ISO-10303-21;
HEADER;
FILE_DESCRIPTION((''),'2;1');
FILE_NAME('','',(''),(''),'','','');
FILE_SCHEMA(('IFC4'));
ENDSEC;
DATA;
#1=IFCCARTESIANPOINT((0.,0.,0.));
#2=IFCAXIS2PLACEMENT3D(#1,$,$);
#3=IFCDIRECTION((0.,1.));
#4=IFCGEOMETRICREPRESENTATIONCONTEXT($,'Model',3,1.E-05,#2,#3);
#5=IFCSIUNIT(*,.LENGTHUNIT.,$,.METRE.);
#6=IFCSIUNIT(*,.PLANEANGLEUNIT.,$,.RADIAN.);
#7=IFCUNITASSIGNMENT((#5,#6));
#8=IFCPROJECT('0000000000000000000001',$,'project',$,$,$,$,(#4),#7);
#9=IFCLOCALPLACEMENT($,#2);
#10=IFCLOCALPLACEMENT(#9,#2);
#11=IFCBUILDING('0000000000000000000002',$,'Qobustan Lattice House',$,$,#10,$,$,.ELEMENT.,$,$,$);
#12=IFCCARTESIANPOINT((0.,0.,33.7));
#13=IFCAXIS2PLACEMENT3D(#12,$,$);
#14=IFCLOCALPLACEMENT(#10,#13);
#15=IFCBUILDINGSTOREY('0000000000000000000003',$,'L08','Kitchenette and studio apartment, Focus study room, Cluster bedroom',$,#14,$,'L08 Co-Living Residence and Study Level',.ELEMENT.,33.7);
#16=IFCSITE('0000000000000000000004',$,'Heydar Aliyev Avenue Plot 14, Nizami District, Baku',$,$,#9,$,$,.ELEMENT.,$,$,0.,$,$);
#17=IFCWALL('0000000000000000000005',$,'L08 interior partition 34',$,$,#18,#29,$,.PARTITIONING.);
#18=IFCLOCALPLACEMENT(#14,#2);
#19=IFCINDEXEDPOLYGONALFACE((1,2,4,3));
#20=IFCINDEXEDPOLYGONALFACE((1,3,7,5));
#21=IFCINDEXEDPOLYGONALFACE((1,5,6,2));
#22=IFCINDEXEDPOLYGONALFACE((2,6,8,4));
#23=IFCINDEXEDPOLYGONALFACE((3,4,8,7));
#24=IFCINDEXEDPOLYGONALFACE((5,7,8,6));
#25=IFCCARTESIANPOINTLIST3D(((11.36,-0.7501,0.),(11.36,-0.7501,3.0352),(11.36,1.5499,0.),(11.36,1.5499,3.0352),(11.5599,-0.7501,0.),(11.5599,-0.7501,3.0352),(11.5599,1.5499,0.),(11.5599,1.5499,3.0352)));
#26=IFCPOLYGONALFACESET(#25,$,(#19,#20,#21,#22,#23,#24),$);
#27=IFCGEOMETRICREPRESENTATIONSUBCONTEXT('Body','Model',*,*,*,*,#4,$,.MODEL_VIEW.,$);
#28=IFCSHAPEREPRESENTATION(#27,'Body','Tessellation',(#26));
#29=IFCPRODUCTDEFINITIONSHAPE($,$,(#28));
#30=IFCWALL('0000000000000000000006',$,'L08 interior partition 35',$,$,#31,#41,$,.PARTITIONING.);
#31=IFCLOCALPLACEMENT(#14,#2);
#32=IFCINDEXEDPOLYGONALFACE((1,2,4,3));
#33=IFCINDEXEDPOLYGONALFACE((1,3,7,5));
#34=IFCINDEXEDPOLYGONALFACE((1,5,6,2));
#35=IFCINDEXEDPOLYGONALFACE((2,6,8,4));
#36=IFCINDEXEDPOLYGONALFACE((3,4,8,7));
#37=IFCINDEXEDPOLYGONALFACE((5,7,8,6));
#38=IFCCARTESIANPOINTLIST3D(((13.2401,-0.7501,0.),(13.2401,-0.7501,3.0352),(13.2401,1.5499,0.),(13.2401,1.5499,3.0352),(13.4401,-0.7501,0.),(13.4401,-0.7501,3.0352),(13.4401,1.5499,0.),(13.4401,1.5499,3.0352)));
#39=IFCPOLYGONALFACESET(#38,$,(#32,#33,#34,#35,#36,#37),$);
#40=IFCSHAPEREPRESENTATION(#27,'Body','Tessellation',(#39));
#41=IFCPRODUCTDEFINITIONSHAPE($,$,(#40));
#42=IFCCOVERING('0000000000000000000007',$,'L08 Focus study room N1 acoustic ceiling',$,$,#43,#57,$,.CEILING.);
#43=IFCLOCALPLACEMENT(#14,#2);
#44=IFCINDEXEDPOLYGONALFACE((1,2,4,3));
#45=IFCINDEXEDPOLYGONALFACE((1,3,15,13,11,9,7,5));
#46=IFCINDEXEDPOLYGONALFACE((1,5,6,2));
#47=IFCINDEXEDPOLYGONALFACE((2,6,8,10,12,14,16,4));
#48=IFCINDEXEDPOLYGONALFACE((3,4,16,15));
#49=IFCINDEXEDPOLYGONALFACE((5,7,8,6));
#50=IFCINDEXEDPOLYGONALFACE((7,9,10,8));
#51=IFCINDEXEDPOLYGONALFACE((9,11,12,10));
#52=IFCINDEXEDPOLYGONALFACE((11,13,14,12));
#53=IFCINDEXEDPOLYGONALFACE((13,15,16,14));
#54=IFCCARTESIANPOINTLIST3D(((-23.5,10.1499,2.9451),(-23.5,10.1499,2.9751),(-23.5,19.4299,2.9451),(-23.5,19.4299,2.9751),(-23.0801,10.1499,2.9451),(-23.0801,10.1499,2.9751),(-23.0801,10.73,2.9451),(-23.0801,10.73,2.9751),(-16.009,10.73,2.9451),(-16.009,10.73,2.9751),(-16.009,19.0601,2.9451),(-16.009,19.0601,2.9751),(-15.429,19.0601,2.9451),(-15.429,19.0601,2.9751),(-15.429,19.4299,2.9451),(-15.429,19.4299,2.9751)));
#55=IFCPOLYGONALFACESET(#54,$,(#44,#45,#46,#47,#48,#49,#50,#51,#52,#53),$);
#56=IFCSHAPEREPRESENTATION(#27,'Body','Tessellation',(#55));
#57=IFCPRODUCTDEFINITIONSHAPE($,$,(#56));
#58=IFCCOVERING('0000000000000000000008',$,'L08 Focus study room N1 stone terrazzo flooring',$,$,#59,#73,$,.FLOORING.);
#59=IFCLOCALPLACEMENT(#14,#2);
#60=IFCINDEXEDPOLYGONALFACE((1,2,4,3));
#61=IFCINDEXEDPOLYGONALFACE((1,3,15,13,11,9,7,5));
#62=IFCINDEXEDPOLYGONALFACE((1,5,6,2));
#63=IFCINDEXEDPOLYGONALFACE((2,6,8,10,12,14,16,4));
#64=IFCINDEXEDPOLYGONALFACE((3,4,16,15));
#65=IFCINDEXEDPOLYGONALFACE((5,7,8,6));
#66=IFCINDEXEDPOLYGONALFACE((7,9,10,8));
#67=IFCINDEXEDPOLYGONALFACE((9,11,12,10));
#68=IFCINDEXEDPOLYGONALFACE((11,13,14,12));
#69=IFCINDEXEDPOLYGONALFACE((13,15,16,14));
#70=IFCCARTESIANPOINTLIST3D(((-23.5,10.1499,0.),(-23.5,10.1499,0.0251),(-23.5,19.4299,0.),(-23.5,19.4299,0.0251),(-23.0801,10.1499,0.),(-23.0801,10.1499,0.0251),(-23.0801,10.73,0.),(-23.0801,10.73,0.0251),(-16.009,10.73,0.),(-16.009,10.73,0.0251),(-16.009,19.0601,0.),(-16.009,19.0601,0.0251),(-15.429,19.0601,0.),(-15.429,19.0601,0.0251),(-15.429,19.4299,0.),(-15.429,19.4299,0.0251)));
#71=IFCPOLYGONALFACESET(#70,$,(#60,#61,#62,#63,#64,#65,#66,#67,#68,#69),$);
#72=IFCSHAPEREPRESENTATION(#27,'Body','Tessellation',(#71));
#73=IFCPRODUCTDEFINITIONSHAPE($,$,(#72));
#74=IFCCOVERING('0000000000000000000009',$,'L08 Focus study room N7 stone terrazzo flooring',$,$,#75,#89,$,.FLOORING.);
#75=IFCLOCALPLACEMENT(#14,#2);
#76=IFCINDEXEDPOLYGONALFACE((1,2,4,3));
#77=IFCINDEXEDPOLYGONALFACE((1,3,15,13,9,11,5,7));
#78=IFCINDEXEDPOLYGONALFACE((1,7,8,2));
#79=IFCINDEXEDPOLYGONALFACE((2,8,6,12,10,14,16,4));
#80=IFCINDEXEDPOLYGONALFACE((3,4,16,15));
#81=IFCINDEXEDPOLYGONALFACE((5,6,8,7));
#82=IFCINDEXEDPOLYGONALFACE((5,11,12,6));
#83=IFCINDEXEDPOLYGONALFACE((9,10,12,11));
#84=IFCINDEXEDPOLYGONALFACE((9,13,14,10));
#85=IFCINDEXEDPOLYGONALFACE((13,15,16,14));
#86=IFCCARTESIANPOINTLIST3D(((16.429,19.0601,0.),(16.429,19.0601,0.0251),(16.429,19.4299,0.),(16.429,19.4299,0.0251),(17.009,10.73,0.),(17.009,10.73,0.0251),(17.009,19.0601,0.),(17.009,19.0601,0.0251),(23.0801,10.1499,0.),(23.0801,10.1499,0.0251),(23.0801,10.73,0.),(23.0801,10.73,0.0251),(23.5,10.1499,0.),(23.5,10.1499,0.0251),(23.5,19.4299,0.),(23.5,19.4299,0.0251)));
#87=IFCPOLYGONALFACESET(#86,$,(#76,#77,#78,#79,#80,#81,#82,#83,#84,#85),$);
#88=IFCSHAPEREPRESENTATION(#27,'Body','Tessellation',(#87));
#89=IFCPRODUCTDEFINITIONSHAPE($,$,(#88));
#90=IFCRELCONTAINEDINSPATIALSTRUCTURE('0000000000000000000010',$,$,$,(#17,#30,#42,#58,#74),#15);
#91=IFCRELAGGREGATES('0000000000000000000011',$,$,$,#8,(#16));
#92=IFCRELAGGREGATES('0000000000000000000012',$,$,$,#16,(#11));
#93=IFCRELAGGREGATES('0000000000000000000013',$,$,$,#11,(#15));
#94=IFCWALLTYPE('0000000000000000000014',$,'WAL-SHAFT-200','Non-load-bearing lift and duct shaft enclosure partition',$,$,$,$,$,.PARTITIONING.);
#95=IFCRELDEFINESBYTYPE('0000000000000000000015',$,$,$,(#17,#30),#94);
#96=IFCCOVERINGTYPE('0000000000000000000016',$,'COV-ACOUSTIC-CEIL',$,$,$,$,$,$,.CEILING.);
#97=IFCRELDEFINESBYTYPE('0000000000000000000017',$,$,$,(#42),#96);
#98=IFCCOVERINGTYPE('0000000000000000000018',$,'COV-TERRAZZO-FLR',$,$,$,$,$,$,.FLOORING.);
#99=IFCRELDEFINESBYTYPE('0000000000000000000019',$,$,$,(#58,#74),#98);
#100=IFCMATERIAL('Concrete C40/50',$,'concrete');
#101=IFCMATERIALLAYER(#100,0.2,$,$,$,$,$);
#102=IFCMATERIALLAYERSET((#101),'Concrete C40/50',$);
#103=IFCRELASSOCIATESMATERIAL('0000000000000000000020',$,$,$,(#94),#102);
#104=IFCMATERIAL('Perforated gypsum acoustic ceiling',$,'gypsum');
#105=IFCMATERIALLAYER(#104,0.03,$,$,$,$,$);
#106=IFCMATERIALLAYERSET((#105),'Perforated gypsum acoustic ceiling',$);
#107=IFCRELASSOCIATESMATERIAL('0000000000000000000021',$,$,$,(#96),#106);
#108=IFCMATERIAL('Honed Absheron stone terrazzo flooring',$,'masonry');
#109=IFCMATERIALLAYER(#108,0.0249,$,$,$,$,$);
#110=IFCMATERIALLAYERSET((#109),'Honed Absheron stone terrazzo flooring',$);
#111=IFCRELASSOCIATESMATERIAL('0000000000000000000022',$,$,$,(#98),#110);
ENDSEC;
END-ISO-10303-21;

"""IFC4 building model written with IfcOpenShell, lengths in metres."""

from ifc_helpers import new_model, si_unit, direction, frame, frame_2d, origin, place, context, subcontext, project, spatial, polyline, rectangle, outline, extrude, material, layer, layer_set, type_object, element, save


model = new_model("IFC4")

# Units and contexts
model_context = context("Model", 3, precision=1e-05, world=origin(), true_north=direction((0.0, 1.0)))
body_context = subcontext(model_context, "Body", "Model", "MODEL_VIEW")
ifc_project = project(units=[si_unit("LENGTHUNIT", "METRE"), si_unit("PLANEANGLEUNIT", "RADIAN")], contexts=[model_context])

# Site, building, storey
site_placement = place(None, origin())
site = spatial("IfcSite", under=ifc_project, at=site_placement, Name="Heydar Aliyev Avenue Plot 14, Nizami District, Baku", CompositionType="ELEMENT", RefElevation=0.0)
building_placement = place(site_placement, origin())
building = spatial("IfcBuilding", under=site, at=building_placement, Name="Qobustan Lattice House", CompositionType="ELEMENT")
storey_placement = place(building_placement, frame((0.0, 0.0, 33.7)))
storey = spatial("IfcBuildingStorey", under=building, at=storey_placement, Name="L08", Description="Kitchenette and studio apartment, Focus study room, Cluster bedroom", LongName="L08 Co-Living Residence and Study Level", CompositionType="ELEMENT", Elevation=33.7)

# Walls
ifc_material_1 = material(Name="Concrete C40/50", Category="concrete")
ifc_layer_1 = layer(ifc_material_1, 0.2)
ifc_layer_set_1 = layer_set([ifc_layer_1], Name="Concrete C40/50")
wall_type_1 = type_object("IfcWallType", Name="WAL-SHAFT-200", Description="Non-load-bearing lift and duct shaft enclosure partition", PredefinedType="PARTITIONING", material=ifc_layer_set_1)
for number, where, z_axis, x_axis, name in (
    (1, (11.46, -0.75, 0.0), (0.0, 0.0, 1.0), (0.0, 1.0, 0.0), "L08 interior partition 34"),
    (2, (13.3401, -0.75, 0.0), (0.0, 0.0, 1.0), (0.0, 1.0, 0.0), "L08 interior partition 35"),
):
    element("IfcWall", number, at=place(storey_placement, frame(where, z_axis=z_axis, x_axis=x_axis)), inside=storey, type_object=wall_type_1, Name=name, PredefinedType="PARTITIONING", context=body_context, shape_type="SweptSolid", body=[
        extrude(rectangle(XDim=2.3, YDim=0.2, at=frame_2d((1.1499, 0.0))), origin(), (0.0, 0.0, 1.0), 3.0352),
    ])

# Coverings
ifc_material_2 = material(Name="Perforated gypsum acoustic ceiling", Category="gypsum")
ifc_layer_2 = layer(ifc_material_2, 0.03)
ifc_layer_set_2 = layer_set([ifc_layer_2], Name="Perforated gypsum acoustic ceiling")
covering_type_1 = type_object("IfcCoveringType", Name="COV-ACOUSTIC-CEIL", PredefinedType="CEILING", material=ifc_layer_set_2)
covering_1_placement = place(storey_placement, frame((0.0, 0.0, 2.9451)))
element("IfcCovering", 3, at=covering_1_placement, inside=storey, type_object=covering_type_1, Name="L08 Focus study room N1 acoustic ceiling", PredefinedType="CEILING", context=body_context, shape_type="SweptSolid", body=[
    extrude(outline(polyline([(-15.429, 19.4299), (-23.5, 19.4299), (-23.5, 10.1499), (-23.0801, 10.1499), (-23.0801, 10.73), (-16.009, 10.73), (-16.009, 19.0601), (-15.429, 19.0601), (-15.429, 19.4299)])), origin(), (0.0, 0.0, 1.0), 0.03),
])
ifc_material_3 = material(Name="Honed Absheron stone terrazzo flooring", Category="masonry")
ifc_layer_3 = layer(ifc_material_3, 0.0249)
ifc_layer_set_3 = layer_set([ifc_layer_3], Name="Honed Absheron stone terrazzo flooring")
covering_type_2 = type_object("IfcCoveringType", Name="COV-TERRAZZO-FLR", PredefinedType="FLOORING", material=ifc_layer_set_3)
covering_2_placement = place(storey_placement, origin())
element("IfcCovering", 4, at=covering_2_placement, inside=storey, type_object=covering_type_2, Name="L08 Focus study room N1 stone terrazzo flooring", PredefinedType="FLOORING", context=body_context, shape_type="SweptSolid", body=[
    extrude(outline(polyline([(-15.429, 19.4299), (-23.5, 19.4299), (-23.5, 10.1499), (-23.0801, 10.1499), (-23.0801, 10.73), (-16.009, 10.73), (-16.009, 19.0601), (-15.429, 19.0601), (-15.429, 19.4299)])), origin(), (0.0, 0.0, 1.0), 0.0251),
])
covering_3_placement = place(storey_placement, origin())
element("IfcCovering", 5, at=covering_3_placement, inside=storey, type_object=covering_type_2, Name="L08 Focus study room N7 stone terrazzo flooring", PredefinedType="FLOORING", context=body_context, shape_type="SweptSolid", body=[
    extrude(outline(polyline([(16.429, 19.4299), (16.429, 19.0601), (17.009, 19.0601), (17.009, 10.73), (23.0801, 10.73), (23.0801, 10.1499), (23.5, 10.1499), (23.5, 19.4299), (16.429, 19.4299)])), origin(), (0.0, 0.0, 1.0), 0.0251),
])

save(model, "model.ifc")
